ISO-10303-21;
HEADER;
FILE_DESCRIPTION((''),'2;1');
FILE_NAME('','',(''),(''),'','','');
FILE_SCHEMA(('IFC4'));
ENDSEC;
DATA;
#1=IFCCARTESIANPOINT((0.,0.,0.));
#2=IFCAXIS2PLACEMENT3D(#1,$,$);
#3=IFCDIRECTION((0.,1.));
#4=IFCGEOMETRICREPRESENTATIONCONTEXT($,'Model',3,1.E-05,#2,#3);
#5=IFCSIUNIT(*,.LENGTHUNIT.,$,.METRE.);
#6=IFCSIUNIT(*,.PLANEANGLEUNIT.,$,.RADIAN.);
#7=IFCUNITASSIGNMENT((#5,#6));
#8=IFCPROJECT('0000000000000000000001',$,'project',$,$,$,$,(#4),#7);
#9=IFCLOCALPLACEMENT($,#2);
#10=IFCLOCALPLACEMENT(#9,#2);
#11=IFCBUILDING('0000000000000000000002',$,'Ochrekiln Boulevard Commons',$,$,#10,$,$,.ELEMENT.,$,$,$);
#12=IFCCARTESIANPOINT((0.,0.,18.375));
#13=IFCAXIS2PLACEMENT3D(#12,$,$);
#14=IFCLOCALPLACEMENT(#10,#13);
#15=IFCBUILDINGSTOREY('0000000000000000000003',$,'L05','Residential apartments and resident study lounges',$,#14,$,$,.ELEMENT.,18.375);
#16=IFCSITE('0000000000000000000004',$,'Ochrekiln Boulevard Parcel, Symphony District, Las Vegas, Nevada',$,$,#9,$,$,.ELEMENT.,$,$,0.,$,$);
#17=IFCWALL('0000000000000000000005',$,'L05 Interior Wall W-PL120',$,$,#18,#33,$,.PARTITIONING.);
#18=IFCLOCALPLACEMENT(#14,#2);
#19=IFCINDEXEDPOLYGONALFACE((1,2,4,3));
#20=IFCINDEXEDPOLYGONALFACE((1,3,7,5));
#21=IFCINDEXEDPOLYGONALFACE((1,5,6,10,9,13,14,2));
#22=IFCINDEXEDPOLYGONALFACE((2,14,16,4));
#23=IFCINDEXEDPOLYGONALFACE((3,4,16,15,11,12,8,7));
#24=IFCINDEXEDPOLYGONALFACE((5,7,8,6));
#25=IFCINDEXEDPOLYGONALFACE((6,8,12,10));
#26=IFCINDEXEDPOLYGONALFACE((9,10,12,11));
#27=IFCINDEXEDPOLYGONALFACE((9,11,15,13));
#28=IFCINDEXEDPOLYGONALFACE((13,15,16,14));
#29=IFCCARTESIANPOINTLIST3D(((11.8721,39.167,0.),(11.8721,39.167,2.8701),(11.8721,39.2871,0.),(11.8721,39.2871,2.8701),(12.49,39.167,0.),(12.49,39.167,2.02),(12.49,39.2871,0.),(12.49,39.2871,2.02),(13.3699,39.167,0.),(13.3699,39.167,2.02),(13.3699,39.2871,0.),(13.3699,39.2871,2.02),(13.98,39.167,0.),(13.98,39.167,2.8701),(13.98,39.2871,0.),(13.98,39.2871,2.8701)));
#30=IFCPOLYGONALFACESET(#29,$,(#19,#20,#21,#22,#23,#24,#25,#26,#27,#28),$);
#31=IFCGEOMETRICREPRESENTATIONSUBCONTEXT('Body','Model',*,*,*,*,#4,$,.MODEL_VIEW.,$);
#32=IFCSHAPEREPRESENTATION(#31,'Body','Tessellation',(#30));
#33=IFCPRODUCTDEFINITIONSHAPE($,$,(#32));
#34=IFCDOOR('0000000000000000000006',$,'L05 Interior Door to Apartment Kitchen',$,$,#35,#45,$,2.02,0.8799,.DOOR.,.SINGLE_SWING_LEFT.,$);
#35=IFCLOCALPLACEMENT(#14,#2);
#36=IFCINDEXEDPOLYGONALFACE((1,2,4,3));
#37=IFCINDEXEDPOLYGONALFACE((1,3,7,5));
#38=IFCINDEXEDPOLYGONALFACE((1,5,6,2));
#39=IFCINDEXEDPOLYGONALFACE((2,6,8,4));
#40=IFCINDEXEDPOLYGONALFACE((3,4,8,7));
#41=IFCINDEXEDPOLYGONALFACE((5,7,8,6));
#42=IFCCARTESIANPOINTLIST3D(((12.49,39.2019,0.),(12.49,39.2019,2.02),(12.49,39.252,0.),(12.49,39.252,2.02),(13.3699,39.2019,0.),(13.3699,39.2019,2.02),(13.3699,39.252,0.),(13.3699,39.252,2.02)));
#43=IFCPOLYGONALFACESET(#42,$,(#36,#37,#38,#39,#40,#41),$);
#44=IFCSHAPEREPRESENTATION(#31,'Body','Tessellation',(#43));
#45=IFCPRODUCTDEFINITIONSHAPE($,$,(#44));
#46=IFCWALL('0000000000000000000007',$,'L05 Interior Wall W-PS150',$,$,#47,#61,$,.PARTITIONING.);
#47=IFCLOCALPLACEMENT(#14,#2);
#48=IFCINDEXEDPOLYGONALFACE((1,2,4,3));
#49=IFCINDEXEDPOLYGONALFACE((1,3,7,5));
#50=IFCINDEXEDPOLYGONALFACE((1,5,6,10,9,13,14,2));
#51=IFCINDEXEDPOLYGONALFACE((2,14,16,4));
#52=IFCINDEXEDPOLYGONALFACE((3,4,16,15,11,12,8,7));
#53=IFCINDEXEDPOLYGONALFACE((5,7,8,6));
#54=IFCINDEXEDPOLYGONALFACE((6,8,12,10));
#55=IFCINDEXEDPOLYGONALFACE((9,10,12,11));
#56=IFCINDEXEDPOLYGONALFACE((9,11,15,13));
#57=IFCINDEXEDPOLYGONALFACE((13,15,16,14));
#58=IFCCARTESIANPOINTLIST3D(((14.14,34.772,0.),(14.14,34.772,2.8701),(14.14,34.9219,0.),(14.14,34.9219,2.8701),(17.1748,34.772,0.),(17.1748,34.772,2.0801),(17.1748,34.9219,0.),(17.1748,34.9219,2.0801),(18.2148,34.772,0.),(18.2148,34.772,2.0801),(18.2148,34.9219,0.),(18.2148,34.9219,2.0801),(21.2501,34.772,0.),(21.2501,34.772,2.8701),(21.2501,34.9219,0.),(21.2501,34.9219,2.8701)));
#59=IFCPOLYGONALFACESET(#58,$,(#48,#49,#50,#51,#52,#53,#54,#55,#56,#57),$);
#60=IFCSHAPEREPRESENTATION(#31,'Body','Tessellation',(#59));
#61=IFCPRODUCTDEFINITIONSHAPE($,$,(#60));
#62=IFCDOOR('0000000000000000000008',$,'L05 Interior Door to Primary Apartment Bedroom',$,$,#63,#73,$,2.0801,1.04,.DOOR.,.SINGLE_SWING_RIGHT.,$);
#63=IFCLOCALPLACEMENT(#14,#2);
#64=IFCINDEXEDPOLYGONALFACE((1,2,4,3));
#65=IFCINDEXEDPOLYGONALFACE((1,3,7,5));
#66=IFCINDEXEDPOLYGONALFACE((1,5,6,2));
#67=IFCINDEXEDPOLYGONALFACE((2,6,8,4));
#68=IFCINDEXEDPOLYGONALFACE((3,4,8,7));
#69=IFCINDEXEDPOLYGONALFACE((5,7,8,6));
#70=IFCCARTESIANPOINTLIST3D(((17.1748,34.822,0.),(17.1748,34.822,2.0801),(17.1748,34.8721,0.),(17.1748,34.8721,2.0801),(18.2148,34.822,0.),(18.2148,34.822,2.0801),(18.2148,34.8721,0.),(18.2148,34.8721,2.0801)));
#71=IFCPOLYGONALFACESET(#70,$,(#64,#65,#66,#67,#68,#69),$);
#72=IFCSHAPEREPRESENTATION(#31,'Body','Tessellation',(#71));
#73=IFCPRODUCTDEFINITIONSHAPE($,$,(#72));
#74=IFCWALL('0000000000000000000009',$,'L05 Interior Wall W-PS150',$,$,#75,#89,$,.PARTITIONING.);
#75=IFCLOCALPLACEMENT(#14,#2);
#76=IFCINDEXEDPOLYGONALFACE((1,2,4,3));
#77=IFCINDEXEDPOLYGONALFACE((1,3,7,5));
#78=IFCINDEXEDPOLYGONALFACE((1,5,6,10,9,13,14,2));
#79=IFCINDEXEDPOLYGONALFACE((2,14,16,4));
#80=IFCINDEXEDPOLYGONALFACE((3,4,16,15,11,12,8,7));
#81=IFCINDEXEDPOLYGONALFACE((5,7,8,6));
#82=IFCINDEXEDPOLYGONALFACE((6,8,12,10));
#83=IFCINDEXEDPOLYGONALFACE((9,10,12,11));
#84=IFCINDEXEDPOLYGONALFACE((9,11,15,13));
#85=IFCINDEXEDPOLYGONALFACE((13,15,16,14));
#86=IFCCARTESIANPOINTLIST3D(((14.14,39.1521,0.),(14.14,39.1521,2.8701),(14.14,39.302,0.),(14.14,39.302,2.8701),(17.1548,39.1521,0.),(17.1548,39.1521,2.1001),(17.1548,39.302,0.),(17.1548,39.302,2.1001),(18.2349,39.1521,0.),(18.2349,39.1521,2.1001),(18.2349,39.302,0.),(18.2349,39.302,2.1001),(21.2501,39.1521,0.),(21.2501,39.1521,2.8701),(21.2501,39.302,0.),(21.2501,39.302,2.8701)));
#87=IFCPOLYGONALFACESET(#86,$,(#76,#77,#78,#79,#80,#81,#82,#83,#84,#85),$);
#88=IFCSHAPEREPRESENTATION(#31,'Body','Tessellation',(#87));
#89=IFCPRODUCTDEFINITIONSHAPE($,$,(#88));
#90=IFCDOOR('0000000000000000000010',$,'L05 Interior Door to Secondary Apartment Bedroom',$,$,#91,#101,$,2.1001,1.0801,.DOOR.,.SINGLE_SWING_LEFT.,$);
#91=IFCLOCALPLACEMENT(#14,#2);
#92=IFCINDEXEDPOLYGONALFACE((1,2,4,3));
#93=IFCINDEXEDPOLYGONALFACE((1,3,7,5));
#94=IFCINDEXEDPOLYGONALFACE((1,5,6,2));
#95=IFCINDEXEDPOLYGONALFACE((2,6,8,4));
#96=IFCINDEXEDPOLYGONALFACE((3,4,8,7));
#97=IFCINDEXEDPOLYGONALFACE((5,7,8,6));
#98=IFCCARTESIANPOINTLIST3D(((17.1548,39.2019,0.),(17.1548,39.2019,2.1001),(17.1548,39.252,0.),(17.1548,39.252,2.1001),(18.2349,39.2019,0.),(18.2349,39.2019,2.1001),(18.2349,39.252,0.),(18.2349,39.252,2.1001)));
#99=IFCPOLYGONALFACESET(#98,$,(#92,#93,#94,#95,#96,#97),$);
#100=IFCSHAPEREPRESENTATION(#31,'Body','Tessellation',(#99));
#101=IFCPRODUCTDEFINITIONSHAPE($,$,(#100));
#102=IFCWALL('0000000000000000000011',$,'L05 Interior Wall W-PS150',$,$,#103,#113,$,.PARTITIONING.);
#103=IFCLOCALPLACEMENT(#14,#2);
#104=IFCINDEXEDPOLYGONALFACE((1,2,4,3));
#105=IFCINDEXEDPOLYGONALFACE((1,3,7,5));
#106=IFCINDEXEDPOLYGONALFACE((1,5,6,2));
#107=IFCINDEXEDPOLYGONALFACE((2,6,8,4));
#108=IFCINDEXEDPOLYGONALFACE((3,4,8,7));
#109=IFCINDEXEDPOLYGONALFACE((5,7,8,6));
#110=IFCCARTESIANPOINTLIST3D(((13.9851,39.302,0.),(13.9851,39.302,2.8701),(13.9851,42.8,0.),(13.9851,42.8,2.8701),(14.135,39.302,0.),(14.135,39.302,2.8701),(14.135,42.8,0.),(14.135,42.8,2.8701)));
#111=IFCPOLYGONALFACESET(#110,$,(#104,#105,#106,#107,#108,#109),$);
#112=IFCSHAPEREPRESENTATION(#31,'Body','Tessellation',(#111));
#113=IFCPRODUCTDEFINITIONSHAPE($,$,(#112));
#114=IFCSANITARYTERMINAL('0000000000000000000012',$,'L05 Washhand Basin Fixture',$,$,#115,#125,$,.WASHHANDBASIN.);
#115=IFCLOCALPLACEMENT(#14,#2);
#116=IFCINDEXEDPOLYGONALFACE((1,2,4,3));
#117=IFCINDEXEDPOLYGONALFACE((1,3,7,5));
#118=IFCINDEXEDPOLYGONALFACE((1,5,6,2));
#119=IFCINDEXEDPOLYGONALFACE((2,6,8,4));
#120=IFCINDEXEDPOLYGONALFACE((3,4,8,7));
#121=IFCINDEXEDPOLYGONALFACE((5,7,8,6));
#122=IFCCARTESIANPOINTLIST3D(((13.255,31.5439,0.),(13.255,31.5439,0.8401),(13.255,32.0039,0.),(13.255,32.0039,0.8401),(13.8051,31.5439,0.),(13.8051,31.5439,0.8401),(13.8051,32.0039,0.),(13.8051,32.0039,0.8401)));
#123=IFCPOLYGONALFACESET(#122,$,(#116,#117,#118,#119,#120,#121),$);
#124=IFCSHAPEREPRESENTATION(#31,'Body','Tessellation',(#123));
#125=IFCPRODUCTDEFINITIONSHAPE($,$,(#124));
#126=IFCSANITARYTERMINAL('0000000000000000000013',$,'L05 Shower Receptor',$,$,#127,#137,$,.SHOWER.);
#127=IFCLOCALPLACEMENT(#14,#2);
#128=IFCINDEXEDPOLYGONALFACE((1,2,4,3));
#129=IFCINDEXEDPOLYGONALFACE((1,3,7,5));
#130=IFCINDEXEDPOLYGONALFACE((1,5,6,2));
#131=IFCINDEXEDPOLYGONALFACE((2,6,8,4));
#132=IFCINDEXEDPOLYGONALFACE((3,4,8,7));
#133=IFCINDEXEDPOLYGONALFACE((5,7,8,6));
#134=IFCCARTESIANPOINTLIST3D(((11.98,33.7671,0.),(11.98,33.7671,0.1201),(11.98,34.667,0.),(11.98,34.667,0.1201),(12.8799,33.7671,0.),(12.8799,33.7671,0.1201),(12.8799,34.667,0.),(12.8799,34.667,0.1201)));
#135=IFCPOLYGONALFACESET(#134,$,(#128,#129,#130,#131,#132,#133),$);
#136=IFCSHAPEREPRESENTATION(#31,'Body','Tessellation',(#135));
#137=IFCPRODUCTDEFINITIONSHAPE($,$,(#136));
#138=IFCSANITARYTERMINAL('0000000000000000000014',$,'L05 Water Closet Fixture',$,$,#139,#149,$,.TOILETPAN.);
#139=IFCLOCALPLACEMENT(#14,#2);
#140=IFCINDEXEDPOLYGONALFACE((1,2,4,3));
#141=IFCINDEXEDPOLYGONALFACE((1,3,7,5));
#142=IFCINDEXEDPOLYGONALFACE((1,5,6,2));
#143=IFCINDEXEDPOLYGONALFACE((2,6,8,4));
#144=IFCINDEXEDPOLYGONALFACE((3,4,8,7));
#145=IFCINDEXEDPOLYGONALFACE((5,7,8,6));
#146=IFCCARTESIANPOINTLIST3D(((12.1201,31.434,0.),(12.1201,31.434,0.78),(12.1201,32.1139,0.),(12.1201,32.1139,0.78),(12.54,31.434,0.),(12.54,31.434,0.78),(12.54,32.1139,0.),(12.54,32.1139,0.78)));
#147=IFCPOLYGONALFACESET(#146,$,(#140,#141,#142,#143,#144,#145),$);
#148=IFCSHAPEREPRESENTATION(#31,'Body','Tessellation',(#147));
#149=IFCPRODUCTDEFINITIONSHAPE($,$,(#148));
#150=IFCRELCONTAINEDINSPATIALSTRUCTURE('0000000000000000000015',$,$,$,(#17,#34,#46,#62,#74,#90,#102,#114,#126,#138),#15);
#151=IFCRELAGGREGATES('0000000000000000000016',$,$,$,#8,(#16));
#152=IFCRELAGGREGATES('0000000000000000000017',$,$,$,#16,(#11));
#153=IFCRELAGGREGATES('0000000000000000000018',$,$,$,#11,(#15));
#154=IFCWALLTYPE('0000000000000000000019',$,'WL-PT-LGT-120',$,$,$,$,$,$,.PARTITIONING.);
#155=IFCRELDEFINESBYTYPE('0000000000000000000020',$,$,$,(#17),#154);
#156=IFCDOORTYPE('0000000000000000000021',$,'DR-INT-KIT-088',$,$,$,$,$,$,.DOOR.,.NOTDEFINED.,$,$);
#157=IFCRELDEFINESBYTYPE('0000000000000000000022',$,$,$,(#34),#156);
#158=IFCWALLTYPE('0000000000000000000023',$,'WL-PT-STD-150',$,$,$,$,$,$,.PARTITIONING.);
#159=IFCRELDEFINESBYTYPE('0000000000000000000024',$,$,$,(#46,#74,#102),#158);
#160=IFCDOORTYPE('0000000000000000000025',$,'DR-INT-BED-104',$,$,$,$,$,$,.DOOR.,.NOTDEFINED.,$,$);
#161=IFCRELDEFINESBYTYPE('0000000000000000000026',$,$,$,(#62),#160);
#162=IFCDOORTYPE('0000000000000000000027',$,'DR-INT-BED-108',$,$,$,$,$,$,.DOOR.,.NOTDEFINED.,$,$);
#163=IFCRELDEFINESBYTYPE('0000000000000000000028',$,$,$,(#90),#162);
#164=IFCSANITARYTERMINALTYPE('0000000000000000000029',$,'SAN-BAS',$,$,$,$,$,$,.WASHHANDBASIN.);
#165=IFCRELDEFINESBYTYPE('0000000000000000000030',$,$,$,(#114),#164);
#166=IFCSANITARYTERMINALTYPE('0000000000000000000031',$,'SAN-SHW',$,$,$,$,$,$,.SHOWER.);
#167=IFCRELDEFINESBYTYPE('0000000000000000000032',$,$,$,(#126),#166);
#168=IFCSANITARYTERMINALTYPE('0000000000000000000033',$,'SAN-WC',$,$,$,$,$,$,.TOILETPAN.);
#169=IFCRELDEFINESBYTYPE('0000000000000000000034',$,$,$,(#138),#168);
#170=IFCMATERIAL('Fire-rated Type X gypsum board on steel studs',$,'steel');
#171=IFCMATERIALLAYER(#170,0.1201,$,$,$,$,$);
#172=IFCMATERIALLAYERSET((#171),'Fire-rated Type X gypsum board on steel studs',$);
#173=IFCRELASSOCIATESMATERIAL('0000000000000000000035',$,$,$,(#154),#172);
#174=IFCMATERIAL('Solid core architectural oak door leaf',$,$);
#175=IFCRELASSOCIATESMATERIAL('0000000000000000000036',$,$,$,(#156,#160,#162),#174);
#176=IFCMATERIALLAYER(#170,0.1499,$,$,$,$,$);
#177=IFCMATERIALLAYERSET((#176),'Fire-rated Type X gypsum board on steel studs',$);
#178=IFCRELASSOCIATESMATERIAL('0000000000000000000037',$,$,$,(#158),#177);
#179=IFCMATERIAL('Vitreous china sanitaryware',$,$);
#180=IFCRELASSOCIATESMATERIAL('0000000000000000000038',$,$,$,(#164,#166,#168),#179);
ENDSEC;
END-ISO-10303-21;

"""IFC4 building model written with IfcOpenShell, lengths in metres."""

from ifc_helpers import new_model, si_unit, direction, frame, frame_2d, origin, origin_2d, place, context, subcontext, project, spatial, rectangle, extrude, material, layer, layer_set, type_object, element, fill, save


model = new_model("IFC4")

# Units and contexts
model_context = context("Model", 3, precision=1e-05, world=origin(), true_north=direction((0.0, 1.0)))
body_context = subcontext(model_context, "Body", "Model", "MODEL_VIEW")
ifc_project = project(units=[si_unit("LENGTHUNIT", "METRE"), si_unit("PLANEANGLEUNIT", "RADIAN")], contexts=[model_context])

# Site, building, storey
site_placement = place(None, origin())
site = spatial("IfcSite", under=ifc_project, at=site_placement, Name="Ochrekiln Boulevard Parcel, Symphony District, Las Vegas, Nevada", CompositionType="ELEMENT", RefElevation=0.0)
building_placement = place(site_placement, origin())
building = spatial("IfcBuilding", under=site, at=building_placement, Name="Ochrekiln Boulevard Commons", CompositionType="ELEMENT")
storey_placement = place(building_placement, frame((0.0, 0.0, 18.375)))
storey = spatial("IfcBuildingStorey", under=building, at=storey_placement, Name="L05", Description="Residential apartments and resident study lounges", CompositionType="ELEMENT", Elevation=18.375)

# Shared definitions
ifc_material_1 = material(Name="Solid core architectural oak door leaf")

# Shared definitions
ifc_material_2 = material(Name="Fire-rated Type X gypsum board on steel studs", Category="steel")

# Walls, openings, doors
ifc_layer_1 = layer(ifc_material_2, 0.1201)
ifc_layer_set_1 = layer_set([ifc_layer_1], Name="Fire-rated Type X gypsum board on steel studs")
wall_type_1 = type_object("IfcWallType", Name="WL-PT-LGT-120", PredefinedType="PARTITIONING", material=ifc_layer_set_1)
wall_1_placement = place(storey_placement, frame((11.8721, 39.2271, 0.0), z_axis=(0.0, 0.0, 1.0), x_axis=(1.0, 0.0, 0.0)))
wall_1 = element("IfcWall", 1, at=wall_1_placement, inside=storey, type_object=wall_type_1, Name="L05 Interior Wall W-PL120", PredefinedType="PARTITIONING", context=body_context, shape_type="SweptSolid", body=[
    extrude(rectangle(XDim=2.1079, YDim=0.1201, at=frame_2d((1.054, 0.0))), origin(), (0.0, 0.0, 1.0), 2.8701),
])
opening_1_placement = place(wall_1_placement, frame((0.6179, 0.0, 0.0)))
opening_1 = element("IfcOpeningElement", 2, at=opening_1_placement, cuts=wall_1, PredefinedType="OPENING", context=body_context, shape_type="SweptSolid", body=[
    extrude(rectangle(XDim=0.8799, YDim=2.02, at=frame_2d((0.4399, 1.01))), frame((0.0, 0.0701, 0.0), z_axis=(0.0, -1.0, 0.0), x_axis=(1.0, 0.0, 0.0)), (0.0, 0.0, 1.0), 0.1401),
])
door_type_1 = type_object("IfcDoorType", Name="DR-INT-KIT-088", OperationType="NOTDEFINED", PredefinedType="DOOR", material=ifc_material_1)
door_1_placement = place(opening_1_placement, origin())
door_1 = element("IfcDoor", 3, at=door_1_placement, inside=storey, type_object=door_type_1, Name="L05 Interior Door to Apartment Kitchen", OperationType="SINGLE_SWING_LEFT", OverallHeight=2.02, OverallWidth=0.8799, PredefinedType="DOOR", context=body_context, shape_type="SweptSolid", body=[
    extrude(rectangle(XDim=0.8799, YDim=2.02, at=frame_2d((0.4399, 1.01))), frame((0.0, 0.0249, 0.0), z_axis=(0.0, -1.0, 0.0), x_axis=(1.0, 0.0, 0.0)), (0.0, 0.0, 1.0), 0.05),
])
fill(opening_1, door_1)
ifc_layer_2 = layer(ifc_material_2, 0.1499)
ifc_layer_set_2 = layer_set([ifc_layer_2], Name="Fire-rated Type X gypsum board on steel studs")
wall_type_2 = type_object("IfcWallType", Name="WL-PT-STD-150", PredefinedType="PARTITIONING", material=ifc_layer_set_2)
wall_2_placement = place(storey_placement, frame((14.1399, 34.8469, 0.0), z_axis=(0.0, 0.0, 1.0), x_axis=(1.0, 0.0, 0.0)))
wall_2 = element("IfcWall", 4, at=wall_2_placement, inside=storey, type_object=wall_type_2, Name="L05 Interior Wall W-PS150", PredefinedType="PARTITIONING", context=body_context, shape_type="SweptSolid", body=[
    extrude(rectangle(XDim=7.1101, YDim=0.1499, at=frame_2d((3.5552, 0.0))), origin(), (0.0, 0.0, 1.0), 2.8701),
])
opening_2_placement = place(wall_2_placement, frame((3.0349, 0.0, 0.0)))
opening_2 = element("IfcOpeningElement", 5, at=opening_2_placement, cuts=wall_2, PredefinedType="OPENING", context=body_context, shape_type="SweptSolid", body=[
    extrude(rectangle(XDim=1.04, YDim=2.0801, at=frame_2d((0.52, 1.04))), frame((0.0, 0.085, 0.0), z_axis=(0.0, -1.0, 0.0), x_axis=(1.0, 0.0, 0.0)), (0.0, 0.0, 1.0), 0.1699),
])
door_type_2 = type_object("IfcDoorType", Name="DR-INT-BED-104", OperationType="NOTDEFINED", PredefinedType="DOOR", material=ifc_material_1)
door_2_placement = place(opening_2_placement, frame((1.04, 0.0, 0.0), z_axis=(0.0, 0.0, 1.0), x_axis=(-1.0, 0.0, 0.0)))
door_2 = element("IfcDoor", 6, at=door_2_placement, inside=storey, type_object=door_type_2, Name="L05 Interior Door to Primary Apartment Bedroom", OperationType="SINGLE_SWING_RIGHT", OverallHeight=2.0801, OverallWidth=1.04, PredefinedType="DOOR", context=body_context, shape_type="SweptSolid", body=[
    extrude(rectangle(XDim=1.04, YDim=2.0801, at=frame_2d((0.52, 1.04))), frame((0.0, 0.0249, 0.0), z_axis=(0.0, -1.0, 0.0), x_axis=(1.0, 0.0, 0.0)), (0.0, 0.0, 1.0), 0.05),
])
fill(opening_2, door_2)
wall_3_placement = place(storey_placement, frame((14.1399, 39.2271, 0.0), z_axis=(0.0, 0.0, 1.0), x_axis=(1.0, 0.0, 0.0)))
wall_3 = element("IfcWall", 7, at=wall_3_placement, inside=storey, type_object=wall_type_2, Name="L05 Interior Wall W-PS150", PredefinedType="PARTITIONING", context=body_context, shape_type="SweptSolid", body=[
    extrude(rectangle(XDim=7.1101, YDim=0.1499, at=frame_2d((3.5552, 0.0))), origin(), (0.0, 0.0, 1.0), 2.8701),
])
opening_3_placement = place(wall_3_placement, frame((3.0149, 0.0, 0.0)))
opening_3 = element("IfcOpeningElement", 8, at=opening_3_placement, cuts=wall_3, PredefinedType="OPENING", context=body_context, shape_type="SweptSolid", body=[
    extrude(rectangle(XDim=1.0801, YDim=2.1001, at=frame_2d((0.54, 1.05))), frame((0.0, 0.085, 0.0), z_axis=(0.0, -1.0, 0.0), x_axis=(1.0, 0.0, 0.0)), (0.0, 0.0, 1.0), 0.1699),
])
door_type_3 = type_object("IfcDoorType", Name="DR-INT-BED-108", OperationType="NOTDEFINED", PredefinedType="DOOR", material=ifc_material_1)
door_3_placement = place(opening_3_placement, origin())
door_3 = element("IfcDoor", 9, at=door_3_placement, inside=storey, type_object=door_type_3, Name="L05 Interior Door to Secondary Apartment Bedroom", OperationType="SINGLE_SWING_LEFT", OverallHeight=2.1001, OverallWidth=1.0801, PredefinedType="DOOR", context=body_context, shape_type="SweptSolid", body=[
    extrude(rectangle(XDim=1.0801, YDim=2.1001, at=frame_2d((0.54, 1.05))), frame((0.0, 0.0249, 0.0), z_axis=(0.0, -1.0, 0.0), x_axis=(1.0, 0.0, 0.0)), (0.0, 0.0, 1.0), 0.05),
])
fill(opening_3, door_3)

# Wall
wall_4_placement = place(storey_placement, frame((14.0601, 39.302, 0.0), z_axis=(0.0, 0.0, 1.0), x_axis=(0.0, 1.0, 0.0)))
element("IfcWall", 10, at=wall_4_placement, inside=storey, type_object=wall_type_2, Name="L05 Interior Wall W-PS150", PredefinedType="PARTITIONING", context=body_context, shape_type="SweptSolid", body=[
    extrude(rectangle(XDim=3.498, YDim=0.1499, at=frame_2d((1.749, 0.0))), origin(), (0.0, 0.0, 1.0), 2.8701),
])

# Sanitary terminals
ifc_material_3 = material(Name="Vitreous china sanitaryware")
sanitary_terminal_type_1 = type_object("IfcSanitaryTerminalType", Name="SAN-BAS", PredefinedType="WASHHANDBASIN", material=ifc_material_3)
sanitary_terminal_1_placement = place(storey_placement, frame((13.53, 31.7739, 0.0), z_axis=(0.0, 0.0, 1.0), x_axis=(1.0, 0.0, 0.0)))
element("IfcSanitaryTerminal", 11, at=sanitary_terminal_1_placement, inside=storey, type_object=sanitary_terminal_type_1, Name="L05 Washhand Basin Fixture", PredefinedType="WASHHANDBASIN", context=body_context, shape_type="SweptSolid", body=[
    extrude(rectangle(XDim=0.55, YDim=0.46, at=origin_2d()), origin(), (0.0, 0.0, 1.0), 0.8401),
])
sanitary_terminal_type_2 = type_object("IfcSanitaryTerminalType", Name="SAN-SHW", PredefinedType="SHOWER", material=ifc_material_3)
sanitary_terminal_2_placement = place(storey_placement, frame((12.4299, 34.217, 0.0), z_axis=(0.0, 0.0, 1.0), x_axis=(1.0, 0.0, 0.0)))
element("IfcSanitaryTerminal", 12, at=sanitary_terminal_2_placement, inside=storey, type_object=sanitary_terminal_type_2, Name="L05 Shower Receptor", PredefinedType="SHOWER", context=body_context, shape_type="SweptSolid", body=[
    extrude(rectangle(XDim=0.8999, YDim=0.8999, at=origin_2d()), origin(), (0.0, 0.0, 1.0), 0.1201),
])
sanitary_terminal_type_3 = type_object("IfcSanitaryTerminalType", Name="SAN-WC", PredefinedType="TOILETPAN", material=ifc_material_3)
sanitary_terminal_3_placement = place(storey_placement, frame((12.3301, 31.7739, 0.0), z_axis=(0.0, 0.0, 1.0), x_axis=(1.0, 0.0, 0.0)))
element("IfcSanitaryTerminal", 13, at=sanitary_terminal_3_placement, inside=storey, type_object=sanitary_terminal_type_3, Name="L05 Water Closet Fixture", PredefinedType="TOILETPAN", context=body_context, shape_type="SweptSolid", body=[
    extrude(rectangle(XDim=0.4199, YDim=0.6799, at=origin_2d()), origin(), (0.0, 0.0, 1.0), 0.78),
])

save(model, "model.ifc")
